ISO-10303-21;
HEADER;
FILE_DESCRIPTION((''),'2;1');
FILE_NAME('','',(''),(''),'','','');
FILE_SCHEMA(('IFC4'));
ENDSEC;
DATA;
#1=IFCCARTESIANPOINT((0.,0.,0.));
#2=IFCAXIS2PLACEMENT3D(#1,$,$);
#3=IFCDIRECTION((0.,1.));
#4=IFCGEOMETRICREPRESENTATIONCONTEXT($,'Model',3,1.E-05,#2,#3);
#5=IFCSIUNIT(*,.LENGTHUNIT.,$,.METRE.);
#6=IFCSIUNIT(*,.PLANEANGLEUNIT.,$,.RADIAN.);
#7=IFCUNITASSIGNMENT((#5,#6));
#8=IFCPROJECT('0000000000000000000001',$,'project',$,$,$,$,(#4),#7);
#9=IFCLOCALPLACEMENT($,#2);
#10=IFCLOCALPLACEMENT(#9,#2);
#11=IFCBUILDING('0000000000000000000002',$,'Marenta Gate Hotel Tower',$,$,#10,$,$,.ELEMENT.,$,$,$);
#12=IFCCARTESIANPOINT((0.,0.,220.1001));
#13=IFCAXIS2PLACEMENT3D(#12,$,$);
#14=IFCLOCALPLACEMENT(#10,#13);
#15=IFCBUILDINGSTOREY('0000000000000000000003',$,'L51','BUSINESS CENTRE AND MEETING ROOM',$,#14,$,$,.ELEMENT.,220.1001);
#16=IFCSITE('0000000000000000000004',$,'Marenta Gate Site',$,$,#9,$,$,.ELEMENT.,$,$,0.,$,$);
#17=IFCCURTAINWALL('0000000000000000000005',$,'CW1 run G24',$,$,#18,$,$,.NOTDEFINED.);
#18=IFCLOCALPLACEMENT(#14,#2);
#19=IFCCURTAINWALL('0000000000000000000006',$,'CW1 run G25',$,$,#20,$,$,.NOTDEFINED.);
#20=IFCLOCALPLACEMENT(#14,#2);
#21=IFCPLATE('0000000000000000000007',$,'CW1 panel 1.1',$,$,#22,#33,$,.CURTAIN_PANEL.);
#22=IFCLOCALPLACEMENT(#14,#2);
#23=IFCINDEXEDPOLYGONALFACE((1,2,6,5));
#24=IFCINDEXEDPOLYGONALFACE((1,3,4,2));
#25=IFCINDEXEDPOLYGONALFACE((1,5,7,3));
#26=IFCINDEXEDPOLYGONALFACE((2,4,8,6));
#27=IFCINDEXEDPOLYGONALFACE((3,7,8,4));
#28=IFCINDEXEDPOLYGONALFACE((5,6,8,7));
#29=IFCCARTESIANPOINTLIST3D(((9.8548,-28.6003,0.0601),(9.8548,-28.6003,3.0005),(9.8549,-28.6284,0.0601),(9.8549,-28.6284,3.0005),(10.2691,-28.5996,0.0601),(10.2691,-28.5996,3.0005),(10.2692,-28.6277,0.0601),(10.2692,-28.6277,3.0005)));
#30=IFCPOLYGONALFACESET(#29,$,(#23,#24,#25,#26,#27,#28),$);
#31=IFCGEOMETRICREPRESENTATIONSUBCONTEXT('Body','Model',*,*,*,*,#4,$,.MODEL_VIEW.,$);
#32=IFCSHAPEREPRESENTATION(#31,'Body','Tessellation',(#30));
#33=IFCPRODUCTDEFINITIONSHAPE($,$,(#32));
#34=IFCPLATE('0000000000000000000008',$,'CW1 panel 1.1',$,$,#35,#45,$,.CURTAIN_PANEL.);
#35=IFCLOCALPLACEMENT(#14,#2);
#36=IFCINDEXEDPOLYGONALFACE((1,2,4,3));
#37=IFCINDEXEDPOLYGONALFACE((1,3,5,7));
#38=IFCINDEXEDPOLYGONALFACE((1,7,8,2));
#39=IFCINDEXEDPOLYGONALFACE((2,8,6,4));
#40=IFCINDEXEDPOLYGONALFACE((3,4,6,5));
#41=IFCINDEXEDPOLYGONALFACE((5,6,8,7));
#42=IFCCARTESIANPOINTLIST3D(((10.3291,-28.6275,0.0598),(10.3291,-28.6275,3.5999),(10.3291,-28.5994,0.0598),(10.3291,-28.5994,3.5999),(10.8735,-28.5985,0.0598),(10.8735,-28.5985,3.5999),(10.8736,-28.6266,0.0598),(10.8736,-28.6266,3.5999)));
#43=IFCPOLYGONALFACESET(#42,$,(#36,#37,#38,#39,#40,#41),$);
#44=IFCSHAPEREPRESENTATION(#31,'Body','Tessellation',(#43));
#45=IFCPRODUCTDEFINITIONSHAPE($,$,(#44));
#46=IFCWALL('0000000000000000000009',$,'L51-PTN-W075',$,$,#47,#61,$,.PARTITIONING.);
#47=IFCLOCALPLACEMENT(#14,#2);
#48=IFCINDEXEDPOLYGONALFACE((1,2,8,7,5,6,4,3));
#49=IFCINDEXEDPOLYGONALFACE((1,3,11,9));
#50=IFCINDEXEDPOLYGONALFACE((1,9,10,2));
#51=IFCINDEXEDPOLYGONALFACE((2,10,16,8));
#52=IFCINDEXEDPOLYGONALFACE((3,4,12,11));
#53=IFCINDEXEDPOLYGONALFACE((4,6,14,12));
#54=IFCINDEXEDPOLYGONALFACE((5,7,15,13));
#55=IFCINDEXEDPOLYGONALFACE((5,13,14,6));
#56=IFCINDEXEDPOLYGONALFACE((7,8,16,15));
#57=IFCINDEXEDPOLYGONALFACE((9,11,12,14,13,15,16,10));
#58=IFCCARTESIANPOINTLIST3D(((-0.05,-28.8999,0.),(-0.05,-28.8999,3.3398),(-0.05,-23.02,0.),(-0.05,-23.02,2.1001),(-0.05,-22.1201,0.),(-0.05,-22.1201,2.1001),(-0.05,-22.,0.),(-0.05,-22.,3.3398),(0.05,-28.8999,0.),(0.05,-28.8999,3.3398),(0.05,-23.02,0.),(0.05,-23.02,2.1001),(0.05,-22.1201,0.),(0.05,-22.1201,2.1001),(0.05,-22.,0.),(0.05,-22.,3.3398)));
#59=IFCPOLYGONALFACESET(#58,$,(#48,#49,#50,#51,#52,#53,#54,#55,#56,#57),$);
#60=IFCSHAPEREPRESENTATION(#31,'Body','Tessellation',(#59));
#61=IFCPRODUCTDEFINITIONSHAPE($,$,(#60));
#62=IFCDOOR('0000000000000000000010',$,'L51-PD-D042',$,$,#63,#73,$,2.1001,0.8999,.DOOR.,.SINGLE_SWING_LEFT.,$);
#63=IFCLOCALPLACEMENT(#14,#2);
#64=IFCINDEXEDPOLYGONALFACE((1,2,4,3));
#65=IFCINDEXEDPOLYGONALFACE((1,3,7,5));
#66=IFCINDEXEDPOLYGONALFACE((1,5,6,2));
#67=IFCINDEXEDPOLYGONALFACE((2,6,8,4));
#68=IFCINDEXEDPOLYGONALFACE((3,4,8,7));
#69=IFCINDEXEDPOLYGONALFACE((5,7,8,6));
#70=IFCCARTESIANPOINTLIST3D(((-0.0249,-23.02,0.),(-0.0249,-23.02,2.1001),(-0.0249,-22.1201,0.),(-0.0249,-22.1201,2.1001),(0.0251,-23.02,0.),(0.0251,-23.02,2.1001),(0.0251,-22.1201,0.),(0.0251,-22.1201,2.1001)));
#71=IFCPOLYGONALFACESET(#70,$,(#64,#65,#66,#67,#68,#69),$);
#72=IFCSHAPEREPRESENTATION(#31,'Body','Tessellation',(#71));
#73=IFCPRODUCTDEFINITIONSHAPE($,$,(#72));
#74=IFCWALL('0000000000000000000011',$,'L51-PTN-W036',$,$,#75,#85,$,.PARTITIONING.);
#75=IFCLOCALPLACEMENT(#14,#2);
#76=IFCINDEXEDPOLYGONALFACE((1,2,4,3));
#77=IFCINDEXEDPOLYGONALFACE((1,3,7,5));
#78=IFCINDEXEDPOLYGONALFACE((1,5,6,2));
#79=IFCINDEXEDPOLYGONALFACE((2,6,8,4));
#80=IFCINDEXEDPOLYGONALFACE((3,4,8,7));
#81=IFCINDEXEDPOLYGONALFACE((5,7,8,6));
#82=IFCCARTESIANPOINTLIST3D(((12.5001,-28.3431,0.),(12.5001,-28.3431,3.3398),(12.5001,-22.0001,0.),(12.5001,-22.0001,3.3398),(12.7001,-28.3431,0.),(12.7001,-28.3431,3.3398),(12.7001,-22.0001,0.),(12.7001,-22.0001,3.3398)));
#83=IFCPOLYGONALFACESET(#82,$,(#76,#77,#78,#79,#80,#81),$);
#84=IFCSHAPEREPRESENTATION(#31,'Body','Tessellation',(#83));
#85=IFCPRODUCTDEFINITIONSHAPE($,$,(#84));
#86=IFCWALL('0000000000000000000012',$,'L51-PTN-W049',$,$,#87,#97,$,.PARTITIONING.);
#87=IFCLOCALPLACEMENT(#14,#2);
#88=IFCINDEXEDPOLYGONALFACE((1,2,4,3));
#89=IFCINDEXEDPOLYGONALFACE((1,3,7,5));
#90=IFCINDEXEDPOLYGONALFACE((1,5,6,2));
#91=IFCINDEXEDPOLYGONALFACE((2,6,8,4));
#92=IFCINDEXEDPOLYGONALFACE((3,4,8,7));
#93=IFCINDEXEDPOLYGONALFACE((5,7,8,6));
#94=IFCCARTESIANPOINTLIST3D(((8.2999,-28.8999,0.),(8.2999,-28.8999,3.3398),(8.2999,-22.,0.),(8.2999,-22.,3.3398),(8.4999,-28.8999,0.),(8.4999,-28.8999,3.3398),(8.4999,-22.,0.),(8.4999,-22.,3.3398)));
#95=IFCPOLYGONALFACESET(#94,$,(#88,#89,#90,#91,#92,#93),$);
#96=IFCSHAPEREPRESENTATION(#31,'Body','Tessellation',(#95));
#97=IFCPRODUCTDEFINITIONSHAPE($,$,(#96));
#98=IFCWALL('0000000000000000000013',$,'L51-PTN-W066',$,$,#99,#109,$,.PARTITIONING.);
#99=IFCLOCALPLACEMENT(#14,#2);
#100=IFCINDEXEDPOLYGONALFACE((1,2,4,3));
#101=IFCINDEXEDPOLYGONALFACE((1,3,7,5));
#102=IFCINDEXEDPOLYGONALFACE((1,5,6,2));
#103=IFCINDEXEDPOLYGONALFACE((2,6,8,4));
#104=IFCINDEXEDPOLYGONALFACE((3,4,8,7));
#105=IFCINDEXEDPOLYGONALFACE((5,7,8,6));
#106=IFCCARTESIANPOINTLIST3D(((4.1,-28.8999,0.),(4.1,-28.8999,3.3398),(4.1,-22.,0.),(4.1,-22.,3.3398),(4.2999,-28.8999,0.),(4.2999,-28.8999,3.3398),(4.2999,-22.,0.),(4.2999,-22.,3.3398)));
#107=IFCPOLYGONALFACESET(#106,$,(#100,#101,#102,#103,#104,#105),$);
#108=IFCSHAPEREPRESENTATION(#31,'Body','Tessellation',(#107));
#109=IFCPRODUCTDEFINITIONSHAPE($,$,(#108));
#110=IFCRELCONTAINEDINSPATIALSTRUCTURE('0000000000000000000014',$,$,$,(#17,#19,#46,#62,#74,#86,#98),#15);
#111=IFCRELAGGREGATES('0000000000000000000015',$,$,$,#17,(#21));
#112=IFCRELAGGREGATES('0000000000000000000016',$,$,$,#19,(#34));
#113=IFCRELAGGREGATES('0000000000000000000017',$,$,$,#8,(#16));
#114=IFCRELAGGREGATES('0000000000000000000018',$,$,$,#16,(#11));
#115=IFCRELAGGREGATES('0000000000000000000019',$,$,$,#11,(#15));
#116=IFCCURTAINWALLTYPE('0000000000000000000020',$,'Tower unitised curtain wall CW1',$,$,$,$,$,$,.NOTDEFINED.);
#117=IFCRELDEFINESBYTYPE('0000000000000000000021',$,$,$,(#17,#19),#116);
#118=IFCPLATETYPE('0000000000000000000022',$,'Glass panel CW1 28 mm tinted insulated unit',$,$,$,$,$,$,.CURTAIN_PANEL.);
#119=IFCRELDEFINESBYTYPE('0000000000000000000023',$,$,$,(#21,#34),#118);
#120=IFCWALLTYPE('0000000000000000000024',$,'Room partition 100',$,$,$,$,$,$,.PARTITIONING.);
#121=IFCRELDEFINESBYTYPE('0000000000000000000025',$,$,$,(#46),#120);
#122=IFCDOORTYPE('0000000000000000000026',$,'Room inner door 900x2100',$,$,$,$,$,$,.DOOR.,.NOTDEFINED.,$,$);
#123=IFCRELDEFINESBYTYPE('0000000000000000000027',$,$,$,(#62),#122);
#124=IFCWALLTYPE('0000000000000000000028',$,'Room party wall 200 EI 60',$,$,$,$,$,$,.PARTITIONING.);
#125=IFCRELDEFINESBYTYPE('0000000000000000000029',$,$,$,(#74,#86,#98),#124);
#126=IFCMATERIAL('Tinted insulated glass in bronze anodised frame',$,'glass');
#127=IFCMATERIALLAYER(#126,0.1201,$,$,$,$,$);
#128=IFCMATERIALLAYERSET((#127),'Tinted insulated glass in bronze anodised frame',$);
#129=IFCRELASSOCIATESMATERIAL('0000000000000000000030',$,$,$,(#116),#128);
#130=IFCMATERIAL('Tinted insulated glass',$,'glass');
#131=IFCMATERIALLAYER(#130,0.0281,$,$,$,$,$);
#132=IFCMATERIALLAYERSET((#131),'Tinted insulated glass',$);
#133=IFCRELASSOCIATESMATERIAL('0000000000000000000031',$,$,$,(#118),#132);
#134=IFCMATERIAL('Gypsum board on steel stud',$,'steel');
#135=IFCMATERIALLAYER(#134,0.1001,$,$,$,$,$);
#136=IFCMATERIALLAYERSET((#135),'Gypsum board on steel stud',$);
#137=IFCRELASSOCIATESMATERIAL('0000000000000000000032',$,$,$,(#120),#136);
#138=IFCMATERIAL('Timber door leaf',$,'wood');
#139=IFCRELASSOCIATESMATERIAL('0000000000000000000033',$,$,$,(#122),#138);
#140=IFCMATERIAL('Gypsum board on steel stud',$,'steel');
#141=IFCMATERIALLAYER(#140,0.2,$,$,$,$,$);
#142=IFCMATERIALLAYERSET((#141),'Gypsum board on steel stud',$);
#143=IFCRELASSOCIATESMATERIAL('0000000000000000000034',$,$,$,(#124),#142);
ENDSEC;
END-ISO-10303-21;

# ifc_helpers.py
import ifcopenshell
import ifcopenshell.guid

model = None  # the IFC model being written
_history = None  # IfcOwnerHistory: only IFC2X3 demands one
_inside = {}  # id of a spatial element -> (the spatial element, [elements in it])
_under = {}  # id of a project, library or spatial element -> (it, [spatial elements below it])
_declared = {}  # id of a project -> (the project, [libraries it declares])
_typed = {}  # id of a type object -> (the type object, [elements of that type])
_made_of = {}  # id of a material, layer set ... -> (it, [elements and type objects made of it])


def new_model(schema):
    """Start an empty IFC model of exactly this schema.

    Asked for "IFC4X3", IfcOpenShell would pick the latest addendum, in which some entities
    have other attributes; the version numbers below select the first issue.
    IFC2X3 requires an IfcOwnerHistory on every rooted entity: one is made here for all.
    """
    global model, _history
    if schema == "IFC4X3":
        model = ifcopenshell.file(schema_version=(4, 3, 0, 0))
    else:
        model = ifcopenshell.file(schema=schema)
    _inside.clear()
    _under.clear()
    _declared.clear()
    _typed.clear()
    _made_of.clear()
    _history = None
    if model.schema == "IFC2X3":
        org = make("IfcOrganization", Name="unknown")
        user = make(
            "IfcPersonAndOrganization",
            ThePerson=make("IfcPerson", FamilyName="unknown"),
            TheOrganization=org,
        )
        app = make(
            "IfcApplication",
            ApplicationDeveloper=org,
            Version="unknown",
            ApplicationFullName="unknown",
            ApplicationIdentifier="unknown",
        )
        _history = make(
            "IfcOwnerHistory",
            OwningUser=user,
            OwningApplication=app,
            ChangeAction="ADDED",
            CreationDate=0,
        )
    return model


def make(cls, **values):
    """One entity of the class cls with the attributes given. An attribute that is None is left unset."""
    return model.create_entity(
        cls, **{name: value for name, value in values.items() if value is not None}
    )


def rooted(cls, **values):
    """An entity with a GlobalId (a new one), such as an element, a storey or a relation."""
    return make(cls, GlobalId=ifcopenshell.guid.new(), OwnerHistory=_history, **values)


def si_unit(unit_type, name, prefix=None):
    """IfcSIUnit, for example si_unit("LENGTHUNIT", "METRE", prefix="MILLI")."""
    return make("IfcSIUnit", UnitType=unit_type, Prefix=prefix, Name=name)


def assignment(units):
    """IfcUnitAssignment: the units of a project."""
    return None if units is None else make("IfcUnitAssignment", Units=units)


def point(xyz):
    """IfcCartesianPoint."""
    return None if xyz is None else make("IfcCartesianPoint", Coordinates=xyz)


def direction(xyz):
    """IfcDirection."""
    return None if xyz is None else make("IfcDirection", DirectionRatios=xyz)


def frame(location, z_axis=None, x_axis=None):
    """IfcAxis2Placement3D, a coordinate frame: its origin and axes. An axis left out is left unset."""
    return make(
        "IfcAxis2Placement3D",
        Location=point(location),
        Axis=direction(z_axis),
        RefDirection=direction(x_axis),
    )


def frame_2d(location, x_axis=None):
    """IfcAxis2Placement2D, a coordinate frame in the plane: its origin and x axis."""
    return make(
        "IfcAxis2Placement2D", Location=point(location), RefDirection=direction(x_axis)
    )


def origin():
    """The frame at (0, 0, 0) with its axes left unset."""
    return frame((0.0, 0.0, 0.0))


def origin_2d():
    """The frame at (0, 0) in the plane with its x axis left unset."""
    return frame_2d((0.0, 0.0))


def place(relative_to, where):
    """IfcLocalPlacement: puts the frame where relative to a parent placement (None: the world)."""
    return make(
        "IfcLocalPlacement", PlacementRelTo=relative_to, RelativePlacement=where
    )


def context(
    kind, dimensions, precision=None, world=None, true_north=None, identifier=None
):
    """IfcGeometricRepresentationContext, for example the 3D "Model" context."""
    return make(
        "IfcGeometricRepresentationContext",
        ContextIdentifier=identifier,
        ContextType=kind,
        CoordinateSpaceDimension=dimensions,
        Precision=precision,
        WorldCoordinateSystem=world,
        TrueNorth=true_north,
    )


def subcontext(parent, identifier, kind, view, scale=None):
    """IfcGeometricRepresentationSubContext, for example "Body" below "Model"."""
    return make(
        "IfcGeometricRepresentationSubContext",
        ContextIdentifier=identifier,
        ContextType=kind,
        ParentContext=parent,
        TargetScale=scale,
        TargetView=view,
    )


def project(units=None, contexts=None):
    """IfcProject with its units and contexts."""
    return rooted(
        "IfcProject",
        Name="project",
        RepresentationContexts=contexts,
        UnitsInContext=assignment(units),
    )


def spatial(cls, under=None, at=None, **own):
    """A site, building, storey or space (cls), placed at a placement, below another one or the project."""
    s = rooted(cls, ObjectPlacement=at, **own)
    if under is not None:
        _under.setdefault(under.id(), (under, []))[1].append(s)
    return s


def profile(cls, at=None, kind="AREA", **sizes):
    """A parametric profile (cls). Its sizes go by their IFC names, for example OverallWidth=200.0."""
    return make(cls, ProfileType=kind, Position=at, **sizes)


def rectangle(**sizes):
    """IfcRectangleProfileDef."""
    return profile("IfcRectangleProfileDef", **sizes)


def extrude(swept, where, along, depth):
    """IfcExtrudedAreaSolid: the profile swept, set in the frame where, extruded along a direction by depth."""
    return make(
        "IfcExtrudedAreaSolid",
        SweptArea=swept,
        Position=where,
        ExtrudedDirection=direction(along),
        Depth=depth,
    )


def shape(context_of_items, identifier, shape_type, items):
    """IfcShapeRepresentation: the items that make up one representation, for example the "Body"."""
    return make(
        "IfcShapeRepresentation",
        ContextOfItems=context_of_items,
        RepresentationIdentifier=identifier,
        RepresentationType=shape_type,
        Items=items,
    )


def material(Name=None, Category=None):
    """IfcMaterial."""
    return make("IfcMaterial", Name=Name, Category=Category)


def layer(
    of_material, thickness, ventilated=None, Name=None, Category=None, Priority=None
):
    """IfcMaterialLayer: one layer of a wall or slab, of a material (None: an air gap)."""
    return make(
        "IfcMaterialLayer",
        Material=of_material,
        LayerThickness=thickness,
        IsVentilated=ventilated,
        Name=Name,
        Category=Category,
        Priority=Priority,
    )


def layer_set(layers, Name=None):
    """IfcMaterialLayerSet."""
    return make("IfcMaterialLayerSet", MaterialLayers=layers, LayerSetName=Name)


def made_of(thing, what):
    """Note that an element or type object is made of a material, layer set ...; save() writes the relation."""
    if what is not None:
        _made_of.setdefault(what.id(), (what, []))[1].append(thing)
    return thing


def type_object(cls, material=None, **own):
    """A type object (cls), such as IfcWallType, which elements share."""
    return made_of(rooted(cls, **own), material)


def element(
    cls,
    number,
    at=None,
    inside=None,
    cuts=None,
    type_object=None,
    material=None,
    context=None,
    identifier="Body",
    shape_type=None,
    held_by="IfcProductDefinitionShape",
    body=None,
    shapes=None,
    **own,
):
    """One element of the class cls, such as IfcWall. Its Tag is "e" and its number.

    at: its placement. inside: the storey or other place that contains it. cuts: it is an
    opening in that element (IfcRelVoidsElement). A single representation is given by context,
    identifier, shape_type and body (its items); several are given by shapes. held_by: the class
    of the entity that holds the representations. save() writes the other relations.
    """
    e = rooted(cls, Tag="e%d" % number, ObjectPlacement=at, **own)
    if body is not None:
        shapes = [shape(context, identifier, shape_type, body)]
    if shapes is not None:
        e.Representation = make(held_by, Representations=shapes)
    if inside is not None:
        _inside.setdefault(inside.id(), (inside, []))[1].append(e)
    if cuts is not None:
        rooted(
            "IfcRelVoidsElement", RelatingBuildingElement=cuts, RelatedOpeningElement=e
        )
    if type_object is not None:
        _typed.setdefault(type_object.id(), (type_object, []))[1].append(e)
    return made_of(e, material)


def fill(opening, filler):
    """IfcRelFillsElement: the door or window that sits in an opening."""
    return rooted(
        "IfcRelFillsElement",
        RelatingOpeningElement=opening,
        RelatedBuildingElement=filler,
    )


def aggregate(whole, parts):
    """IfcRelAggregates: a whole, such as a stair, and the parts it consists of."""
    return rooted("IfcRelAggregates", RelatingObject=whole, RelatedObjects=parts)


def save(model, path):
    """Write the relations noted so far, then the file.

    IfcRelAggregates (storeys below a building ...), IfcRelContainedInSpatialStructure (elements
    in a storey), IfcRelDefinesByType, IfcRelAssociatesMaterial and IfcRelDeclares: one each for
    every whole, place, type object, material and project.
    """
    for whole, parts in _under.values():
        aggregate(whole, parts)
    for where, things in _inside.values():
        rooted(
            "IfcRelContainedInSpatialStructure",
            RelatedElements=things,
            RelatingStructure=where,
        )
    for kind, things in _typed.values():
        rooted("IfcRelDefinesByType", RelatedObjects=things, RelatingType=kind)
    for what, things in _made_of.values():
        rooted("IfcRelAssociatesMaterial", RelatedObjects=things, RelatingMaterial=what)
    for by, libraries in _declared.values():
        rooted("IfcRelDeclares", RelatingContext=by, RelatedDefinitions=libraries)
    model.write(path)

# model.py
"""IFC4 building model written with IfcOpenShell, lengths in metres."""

from ifc_helpers import new_model, si_unit, direction, frame, frame_2d, origin, origin_2d, place, context, subcontext, project, spatial, rectangle, extrude, material, layer, layer_set, type_object, element, fill, aggregate, save


model = new_model("IFC4")

# Units and contexts
model_context = context("Model", 3, precision=1e-05, world=origin(), true_north=direction((0.0, 1.0)))
body_context = subcontext(model_context, "Body", "Model", "MODEL_VIEW")
ifc_project = project(units=[si_unit("LENGTHUNIT", "METRE"), si_unit("PLANEANGLEUNIT", "RADIAN")], contexts=[model_context])

# Site, building, storey
site_placement = place(None, origin())
site = spatial("IfcSite", under=ifc_project, at=site_placement, Name="Marenta Gate Site", CompositionType="ELEMENT", RefElevation=0.0)
building_placement = place(site_placement, origin())
building = spatial("IfcBuilding", under=site, at=building_placement, Name="Marenta Gate Hotel Tower", CompositionType="ELEMENT")
storey_placement = place(building_placement, frame((0.0, 0.0, 220.1001)))
storey = spatial("IfcBuildingStorey", under=building, at=storey_placement, Name="L51", Description="BUSINESS CENTRE AND MEETING ROOM", CompositionType="ELEMENT", Elevation=220.1001)

# Curtain walls
ifc_material_1 = material(Name="Tinted insulated glass in bronze anodised frame", Category="glass")
ifc_layer_1 = layer(ifc_material_1, 0.1201)
ifc_layer_set_1 = layer_set([ifc_layer_1], Name="Tinted insulated glass in bronze anodised frame")
curtain_wall_type = type_object("IfcCurtainWallType", Name="Tower unitised curtain wall CW1", PredefinedType="NOTDEFINED", material=ifc_layer_set_1)
curtain_wall_1_placement = place(storey_placement, origin())
curtain_wall_1 = element("IfcCurtainWall", 1, at=curtain_wall_1_placement, inside=storey, type_object=curtain_wall_type, Name="CW1 run G24", PredefinedType="NOTDEFINED")
curtain_wall_2_placement = place(storey_placement, origin())
curtain_wall_2 = element("IfcCurtainWall", 2, at=curtain_wall_2_placement, inside=storey, type_object=curtain_wall_type, Name="CW1 run G25", PredefinedType="NOTDEFINED")

# Plates
ifc_material_2 = material(Name="Tinted insulated glass", Category="glass")
ifc_layer_2 = layer(ifc_material_2, 0.0281)
ifc_layer_set_2 = layer_set([ifc_layer_2], Name="Tinted insulated glass")
plate_type = type_object("IfcPlateType", Name="Glass panel CW1 28 mm tinted insulated unit", PredefinedType="CURTAIN_PANEL", material=ifc_layer_set_2)
plate_1_placement = place(storey_placement, frame((10.062, -28.614, 0.0601), z_axis=(0.0, 0.0, 1.0), x_axis=(0.999999, 0.001687, 0.0)))
plate_1 = element("IfcPlate", 3, at=plate_1_placement, type_object=plate_type, Name="CW1 panel 1.1", PredefinedType="CURTAIN_PANEL", context=body_context, shape_type="SweptSolid", body=[
    extrude(rectangle(XDim=0.4143, YDim=0.0281, at=origin_2d()), origin(), (0.0, 0.0, 1.0), 2.9404),
])
aggregate(curtain_wall_1, [plate_1])
plate_2_placement = place(storey_placement, frame((10.6013, -28.613, 0.0598), z_axis=(0.0, 0.0, 1.0), x_axis=(0.999999, 0.001654, 0.0)))
plate_2 = element("IfcPlate", 4, at=plate_2_placement, type_object=plate_type, Name="CW1 panel 1.1", PredefinedType="CURTAIN_PANEL", context=body_context, shape_type="SweptSolid", body=[
    extrude(rectangle(XDim=0.5444, YDim=0.0281, at=origin_2d()), origin(), (0.0, 0.0, 1.0), 3.54),
])
aggregate(curtain_wall_2, [plate_2])

# Wall, opening, door
ifc_material_3 = material(Name="Gypsum board on steel stud", Category="steel")
ifc_layer_3 = layer(ifc_material_3, 0.1001)
ifc_layer_set_3 = layer_set([ifc_layer_3], Name="Gypsum board on steel stud")
wall_type_1 = type_object("IfcWallType", Name="Room partition 100", PredefinedType="PARTITIONING", material=ifc_layer_set_3)
wall_1_placement = place(storey_placement, frame((0.0, -28.8999, 0.0), z_axis=(0.0, 0.0, 1.0), x_axis=(0.0, 1.0, 0.0)))
wall_1 = element("IfcWall", 5, at=wall_1_placement, inside=storey, type_object=wall_type_1, Name="L51-PTN-W075", PredefinedType="PARTITIONING", context=body_context, shape_type="SweptSolid", body=[
    extrude(rectangle(XDim=6.8999, YDim=0.1001, at=frame_2d((3.45, 0.0))), origin(), (0.0, 0.0, 1.0), 3.3398),
])
opening_placement = place(wall_1_placement, frame((5.8799, 0.0, 0.0)))
opening = element("IfcOpeningElement", 6, at=opening_placement, cuts=wall_1, PredefinedType="OPENING", context=body_context, shape_type="SweptSolid", body=[
    extrude(rectangle(XDim=0.8999, YDim=2.1001, at=frame_2d((0.45, 1.05))), frame((0.0, 0.05, 0.0), z_axis=(0.0, -1.0, 0.0), x_axis=(1.0, 0.0, 0.0)), (0.0, 0.0, 1.0), 0.1001),
])
ifc_material_4 = material(Name="Timber door leaf", Category="wood")
door_type = type_object("IfcDoorType", Name="Room inner door 900x2100", OperationType="NOTDEFINED", PredefinedType="DOOR", material=ifc_material_4)
door_placement = place(opening_placement, origin())
door = element("IfcDoor", 7, at=door_placement, inside=storey, type_object=door_type, Name="L51-PD-D042", OperationType="SINGLE_SWING_LEFT", OverallHeight=2.1001, OverallWidth=0.8999, PredefinedType="DOOR", context=body_context, shape_type="SweptSolid", body=[
    extrude(rectangle(XDim=0.8999, YDim=2.1001, at=frame_2d((0.45, 1.05))), frame((0.0, 0.0249, 0.0), z_axis=(0.0, -1.0, 0.0), x_axis=(1.0, 0.0, 0.0)), (0.0, 0.0, 1.0), 0.05),
])
fill(opening, door)

# Walls
ifc_material_5 = material(Name="Gypsum board on steel stud", Category="steel")
ifc_layer_4 = layer(ifc_material_5, 0.2)
ifc_layer_set_4 = layer_set([ifc_layer_4], Name="Gypsum board on steel stud")
wall_type_2 = type_object("IfcWallType", Name="Room party wall 200 EI 60", PredefinedType="PARTITIONING", material=ifc_layer_set_4)
wall_2_placement = place(storey_placement, frame((12.6001, -28.343, 0.0), z_axis=(0.0, 0.0, 1.0), x_axis=(0.0, 1.0, 0.0)))
element("IfcWall", 8, at=wall_2_placement, inside=storey, type_object=wall_type_2, Name="L51-PTN-W036", PredefinedType="PARTITIONING", context=body_context, shape_type="SweptSolid", body=[
    extrude(rectangle(XDim=6.343, YDim=0.2, at=frame_2d((3.1714, 0.0))), origin(), (0.0, 0.0, 1.0), 3.3398),
])
for number, where, z_axis, x_axis, name in (
    (9, (8.3999, -28.8999, 0.0), (0.0, 0.0, 1.0), (0.0, 1.0, 0.0), "L51-PTN-W049"),
    (10, (4.2, -28.8999, 0.0), (0.0, 0.0, 1.0), (0.0, 1.0, 0.0), "L51-PTN-W066"),
):
    element("IfcWall", number, at=place(storey_placement, frame(where, z_axis=z_axis, x_axis=x_axis)), inside=storey, type_object=wall_type_2, Name=name, PredefinedType="PARTITIONING", context=body_context, shape_type="SweptSolid", body=[
        extrude(rectangle(XDim=6.8999, YDim=0.2, at=frame_2d((3.45, 0.0))), origin(), (0.0, 0.0, 1.0), 3.3398),
    ])

save(model, "model.ifc")
